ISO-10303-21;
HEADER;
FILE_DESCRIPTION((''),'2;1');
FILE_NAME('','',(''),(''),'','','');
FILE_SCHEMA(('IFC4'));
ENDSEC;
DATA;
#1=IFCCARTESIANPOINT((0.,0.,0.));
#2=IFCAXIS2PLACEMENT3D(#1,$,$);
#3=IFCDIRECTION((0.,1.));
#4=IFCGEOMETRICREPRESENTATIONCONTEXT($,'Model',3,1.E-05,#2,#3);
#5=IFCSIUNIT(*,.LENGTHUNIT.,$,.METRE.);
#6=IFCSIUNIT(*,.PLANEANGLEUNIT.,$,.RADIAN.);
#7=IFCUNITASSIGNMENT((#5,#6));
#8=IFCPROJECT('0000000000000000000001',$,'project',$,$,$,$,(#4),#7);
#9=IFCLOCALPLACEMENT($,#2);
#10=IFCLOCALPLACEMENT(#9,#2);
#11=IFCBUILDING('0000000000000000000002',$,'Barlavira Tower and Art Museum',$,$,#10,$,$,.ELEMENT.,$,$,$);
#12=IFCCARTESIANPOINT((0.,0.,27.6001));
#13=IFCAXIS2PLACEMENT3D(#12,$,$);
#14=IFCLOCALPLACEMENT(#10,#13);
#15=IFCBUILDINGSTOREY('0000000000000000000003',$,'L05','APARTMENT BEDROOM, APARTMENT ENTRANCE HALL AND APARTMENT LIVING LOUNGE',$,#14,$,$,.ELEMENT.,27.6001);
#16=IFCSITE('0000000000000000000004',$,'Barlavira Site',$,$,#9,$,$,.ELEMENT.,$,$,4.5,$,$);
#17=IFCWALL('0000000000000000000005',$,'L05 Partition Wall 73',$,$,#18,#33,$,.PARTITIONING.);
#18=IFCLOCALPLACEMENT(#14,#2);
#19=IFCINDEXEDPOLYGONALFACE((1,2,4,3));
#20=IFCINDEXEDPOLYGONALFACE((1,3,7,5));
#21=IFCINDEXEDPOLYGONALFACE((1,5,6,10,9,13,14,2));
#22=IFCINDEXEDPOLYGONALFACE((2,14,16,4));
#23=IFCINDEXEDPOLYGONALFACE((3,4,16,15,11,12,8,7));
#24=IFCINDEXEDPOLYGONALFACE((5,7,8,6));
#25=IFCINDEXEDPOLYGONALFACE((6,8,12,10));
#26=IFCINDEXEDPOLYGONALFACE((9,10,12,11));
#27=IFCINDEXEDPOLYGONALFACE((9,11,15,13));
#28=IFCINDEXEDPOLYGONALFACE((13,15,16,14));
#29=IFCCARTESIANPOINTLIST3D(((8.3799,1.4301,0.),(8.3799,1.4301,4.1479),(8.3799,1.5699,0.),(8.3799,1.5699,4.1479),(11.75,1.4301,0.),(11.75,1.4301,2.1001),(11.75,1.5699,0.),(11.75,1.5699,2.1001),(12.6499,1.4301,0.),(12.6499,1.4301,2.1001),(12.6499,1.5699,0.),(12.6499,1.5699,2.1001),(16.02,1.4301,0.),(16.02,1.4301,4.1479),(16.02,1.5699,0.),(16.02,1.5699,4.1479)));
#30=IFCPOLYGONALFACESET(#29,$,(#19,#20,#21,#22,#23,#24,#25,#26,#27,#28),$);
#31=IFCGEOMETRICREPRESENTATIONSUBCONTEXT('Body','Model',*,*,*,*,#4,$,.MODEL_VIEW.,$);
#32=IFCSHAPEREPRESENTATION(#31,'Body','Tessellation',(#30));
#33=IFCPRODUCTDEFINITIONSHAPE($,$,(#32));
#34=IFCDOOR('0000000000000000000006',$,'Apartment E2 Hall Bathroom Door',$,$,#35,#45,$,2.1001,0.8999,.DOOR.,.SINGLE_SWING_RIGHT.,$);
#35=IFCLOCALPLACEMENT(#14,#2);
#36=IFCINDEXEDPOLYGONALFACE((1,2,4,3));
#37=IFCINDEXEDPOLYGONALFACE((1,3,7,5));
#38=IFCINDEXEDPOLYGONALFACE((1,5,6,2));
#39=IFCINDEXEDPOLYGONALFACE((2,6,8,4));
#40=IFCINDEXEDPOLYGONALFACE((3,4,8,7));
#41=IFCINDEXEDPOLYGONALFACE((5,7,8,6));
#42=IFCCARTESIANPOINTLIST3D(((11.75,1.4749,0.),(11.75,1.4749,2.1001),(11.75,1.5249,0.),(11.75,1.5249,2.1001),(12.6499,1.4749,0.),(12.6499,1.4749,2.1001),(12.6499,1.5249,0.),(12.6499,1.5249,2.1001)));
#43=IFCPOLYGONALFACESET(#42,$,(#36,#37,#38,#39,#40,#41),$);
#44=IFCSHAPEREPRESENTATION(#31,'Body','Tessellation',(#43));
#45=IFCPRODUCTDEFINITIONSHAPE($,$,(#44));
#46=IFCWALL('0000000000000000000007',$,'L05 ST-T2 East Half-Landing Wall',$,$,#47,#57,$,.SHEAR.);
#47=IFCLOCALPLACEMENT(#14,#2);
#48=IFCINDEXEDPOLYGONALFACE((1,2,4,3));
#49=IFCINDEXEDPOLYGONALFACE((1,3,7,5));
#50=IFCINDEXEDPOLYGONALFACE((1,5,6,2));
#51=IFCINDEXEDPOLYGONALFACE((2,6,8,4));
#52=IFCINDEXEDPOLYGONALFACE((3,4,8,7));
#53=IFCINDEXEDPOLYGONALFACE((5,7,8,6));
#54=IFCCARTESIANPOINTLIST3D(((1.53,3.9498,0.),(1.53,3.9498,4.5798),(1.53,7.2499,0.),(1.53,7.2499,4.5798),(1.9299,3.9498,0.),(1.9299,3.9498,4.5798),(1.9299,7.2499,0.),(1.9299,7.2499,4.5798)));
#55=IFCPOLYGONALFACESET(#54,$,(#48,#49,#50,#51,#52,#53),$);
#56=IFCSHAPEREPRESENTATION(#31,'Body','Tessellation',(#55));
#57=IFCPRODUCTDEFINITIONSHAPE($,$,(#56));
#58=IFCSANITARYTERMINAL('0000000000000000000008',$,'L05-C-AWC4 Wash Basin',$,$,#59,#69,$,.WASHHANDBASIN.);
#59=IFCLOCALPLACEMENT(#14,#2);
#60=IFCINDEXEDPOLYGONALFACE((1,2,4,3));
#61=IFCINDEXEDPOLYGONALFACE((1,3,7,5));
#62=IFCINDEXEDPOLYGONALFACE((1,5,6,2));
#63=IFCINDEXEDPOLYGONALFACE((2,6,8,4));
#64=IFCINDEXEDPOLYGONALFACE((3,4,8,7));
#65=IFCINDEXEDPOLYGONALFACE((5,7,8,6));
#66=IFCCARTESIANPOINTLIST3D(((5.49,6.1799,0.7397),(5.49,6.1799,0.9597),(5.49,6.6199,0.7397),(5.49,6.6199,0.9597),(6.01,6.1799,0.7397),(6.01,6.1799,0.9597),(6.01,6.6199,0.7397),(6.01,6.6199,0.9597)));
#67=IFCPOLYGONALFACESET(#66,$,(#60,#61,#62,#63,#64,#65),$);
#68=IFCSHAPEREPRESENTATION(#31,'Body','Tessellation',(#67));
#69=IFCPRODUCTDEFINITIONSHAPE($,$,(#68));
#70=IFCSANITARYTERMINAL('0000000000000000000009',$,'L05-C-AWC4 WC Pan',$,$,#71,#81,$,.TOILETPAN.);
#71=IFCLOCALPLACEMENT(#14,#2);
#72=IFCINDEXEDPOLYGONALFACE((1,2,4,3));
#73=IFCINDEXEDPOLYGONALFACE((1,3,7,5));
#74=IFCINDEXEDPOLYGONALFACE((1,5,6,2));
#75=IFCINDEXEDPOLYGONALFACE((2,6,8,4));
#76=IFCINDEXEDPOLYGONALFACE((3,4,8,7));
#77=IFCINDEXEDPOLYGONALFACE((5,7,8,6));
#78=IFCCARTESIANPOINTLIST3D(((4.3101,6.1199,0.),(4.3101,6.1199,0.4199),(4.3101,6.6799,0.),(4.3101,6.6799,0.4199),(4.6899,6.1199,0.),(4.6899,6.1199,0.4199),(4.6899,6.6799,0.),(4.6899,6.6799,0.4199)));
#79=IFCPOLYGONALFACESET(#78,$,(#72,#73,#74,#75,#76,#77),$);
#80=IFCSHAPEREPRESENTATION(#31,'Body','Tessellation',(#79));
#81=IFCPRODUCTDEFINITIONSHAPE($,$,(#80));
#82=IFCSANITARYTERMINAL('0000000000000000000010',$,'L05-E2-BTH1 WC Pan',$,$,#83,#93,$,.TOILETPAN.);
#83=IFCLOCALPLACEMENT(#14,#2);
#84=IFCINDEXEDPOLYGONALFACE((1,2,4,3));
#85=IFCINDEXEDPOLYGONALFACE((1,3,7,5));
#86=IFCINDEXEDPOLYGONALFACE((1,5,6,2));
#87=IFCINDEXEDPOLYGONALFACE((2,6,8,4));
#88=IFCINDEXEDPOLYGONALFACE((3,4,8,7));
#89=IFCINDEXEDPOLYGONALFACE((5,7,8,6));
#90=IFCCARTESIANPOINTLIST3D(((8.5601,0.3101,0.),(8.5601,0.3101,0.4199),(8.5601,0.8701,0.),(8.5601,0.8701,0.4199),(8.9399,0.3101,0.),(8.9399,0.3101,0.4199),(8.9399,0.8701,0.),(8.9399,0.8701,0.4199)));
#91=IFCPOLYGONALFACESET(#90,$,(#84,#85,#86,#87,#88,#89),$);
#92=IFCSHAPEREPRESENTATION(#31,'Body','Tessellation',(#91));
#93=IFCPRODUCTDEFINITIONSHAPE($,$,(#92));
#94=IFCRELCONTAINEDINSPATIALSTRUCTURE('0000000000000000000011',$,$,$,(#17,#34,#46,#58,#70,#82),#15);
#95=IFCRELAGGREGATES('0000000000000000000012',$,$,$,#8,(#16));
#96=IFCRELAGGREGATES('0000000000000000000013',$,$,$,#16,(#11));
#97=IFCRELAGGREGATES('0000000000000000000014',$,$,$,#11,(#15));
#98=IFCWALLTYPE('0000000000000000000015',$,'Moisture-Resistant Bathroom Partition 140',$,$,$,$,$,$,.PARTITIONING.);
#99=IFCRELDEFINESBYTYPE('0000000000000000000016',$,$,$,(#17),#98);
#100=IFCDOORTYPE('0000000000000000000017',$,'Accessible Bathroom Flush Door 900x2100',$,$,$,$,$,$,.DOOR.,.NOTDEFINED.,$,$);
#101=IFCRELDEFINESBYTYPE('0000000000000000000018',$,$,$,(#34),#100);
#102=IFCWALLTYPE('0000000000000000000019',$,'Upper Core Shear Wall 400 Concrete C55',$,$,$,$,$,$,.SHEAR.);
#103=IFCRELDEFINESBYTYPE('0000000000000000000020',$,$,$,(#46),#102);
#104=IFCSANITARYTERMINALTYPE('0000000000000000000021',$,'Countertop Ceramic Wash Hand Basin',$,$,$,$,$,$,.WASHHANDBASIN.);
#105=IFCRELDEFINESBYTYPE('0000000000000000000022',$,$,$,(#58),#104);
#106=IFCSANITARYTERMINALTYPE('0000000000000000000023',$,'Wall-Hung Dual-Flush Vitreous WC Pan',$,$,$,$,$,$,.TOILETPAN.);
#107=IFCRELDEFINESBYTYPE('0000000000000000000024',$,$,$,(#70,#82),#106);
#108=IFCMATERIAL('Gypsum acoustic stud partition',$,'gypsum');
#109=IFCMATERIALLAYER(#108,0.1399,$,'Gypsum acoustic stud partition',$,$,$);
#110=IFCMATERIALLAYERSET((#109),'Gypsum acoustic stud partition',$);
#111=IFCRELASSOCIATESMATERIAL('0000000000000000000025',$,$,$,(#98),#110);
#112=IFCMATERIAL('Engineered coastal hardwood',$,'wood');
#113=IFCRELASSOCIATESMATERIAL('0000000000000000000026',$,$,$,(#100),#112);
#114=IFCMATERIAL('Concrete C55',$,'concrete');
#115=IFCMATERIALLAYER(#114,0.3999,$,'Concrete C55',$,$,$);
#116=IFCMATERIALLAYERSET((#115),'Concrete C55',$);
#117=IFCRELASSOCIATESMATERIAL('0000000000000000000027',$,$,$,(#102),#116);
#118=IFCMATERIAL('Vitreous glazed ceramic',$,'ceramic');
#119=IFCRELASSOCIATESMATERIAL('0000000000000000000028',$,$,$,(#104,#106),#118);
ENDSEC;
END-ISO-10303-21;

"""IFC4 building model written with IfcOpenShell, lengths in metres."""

from ifc_helpers import new_model, si_unit, direction, frame, frame_2d, origin, origin_2d, place, context, subcontext, project, spatial, rectangle, extrude, material, layer, layer_set, type_object, element, fill, save


model = new_model("IFC4")

# Units and contexts
model_context = context("Model", 3, precision=1e-05, world=origin(), true_north=direction((0.0, 1.0)))
body_context = subcontext(model_context, "Body", "Model", "MODEL_VIEW")
ifc_project = project(units=[si_unit("LENGTHUNIT", "METRE"), si_unit("PLANEANGLEUNIT", "RADIAN")], contexts=[model_context])

# Site, building, storey
site_placement = place(None, origin())
site = spatial("IfcSite", under=ifc_project, at=site_placement, Name="Barlavira Site", CompositionType="ELEMENT", RefElevation=4.5)
building_placement = place(site_placement, origin())
building = spatial("IfcBuilding", under=site, at=building_placement, Name="Barlavira Tower and Art Museum", CompositionType="ELEMENT")
storey_placement = place(building_placement, frame((0.0, 0.0, 27.6001)))
storey = spatial("IfcBuildingStorey", under=building, at=storey_placement, Name="L05", Description="APARTMENT BEDROOM, APARTMENT ENTRANCE HALL AND APARTMENT LIVING LOUNGE", CompositionType="ELEMENT", Elevation=27.6001)

# Shared definitions
ifc_material_1 = material(Name="Gypsum acoustic stud partition", Category="gypsum")
ifc_material_2 = material(Name="Engineered coastal hardwood", Category="wood")

# Wall, opening, door
ifc_layer_1 = layer(ifc_material_1, 0.1399, Name="Gypsum acoustic stud partition")
ifc_layer_set_1 = layer_set([ifc_layer_1], Name="Gypsum acoustic stud partition")
wall_type_1 = type_object("IfcWallType", Name="Moisture-Resistant Bathroom Partition 140", PredefinedType="PARTITIONING", material=ifc_layer_set_1)
wall_1_placement = place(storey_placement, frame((8.3799, 1.5, 0.0), z_axis=(0.0, 0.0, 1.0), x_axis=(1.0, 0.0, 0.0)))
wall_1 = element("IfcWall", 1, at=wall_1_placement, inside=storey, type_object=wall_type_1, Name="L05 Partition Wall 73", PredefinedType="PARTITIONING", context=body_context, shape_type="SweptSolid", body=[
    extrude(rectangle(XDim=7.6401, YDim=0.1399, at=frame_2d((3.8201, 0.0))), origin(), (0.0, 0.0, 1.0), 4.1479),
])
opening_1_placement = place(wall_1_placement, frame((3.3701, 0.0, 0.0)))
opening_1 = element("IfcOpeningElement", 2, at=opening_1_placement, cuts=wall_1, PredefinedType="OPENING", context=body_context, shape_type="SweptSolid", body=[
    extrude(rectangle(XDim=0.8999, YDim=2.1001, at=frame_2d((0.45, 1.05))), frame((0.0, 0.0801, 0.0), z_axis=(0.0, -1.0, 0.0), x_axis=(1.0, 0.0, 0.0)), (0.0, 0.0, 1.0), 0.1599),
])
door_type_1 = type_object("IfcDoorType", Name="Accessible Bathroom Flush Door 900x2100", OperationType="NOTDEFINED", PredefinedType="DOOR", material=ifc_material_2)
door_1_placement = place(opening_1_placement, origin())
door_1 = element("IfcDoor", 3, at=door_1_placement, inside=storey, type_object=door_type_1, Name="Apartment E2 Hall Bathroom Door", OperationType="SINGLE_SWING_RIGHT", OverallHeight=2.1001, OverallWidth=0.8999, PredefinedType="DOOR", context=body_context, shape_type="SweptSolid", body=[
    extrude(rectangle(XDim=0.8999, YDim=2.1001, at=frame_2d((0.45, 1.05))), frame((0.0, 0.0249, 0.0), z_axis=(0.0, -1.0, 0.0), x_axis=(1.0, 0.0, 0.0)), (0.0, 0.0, 1.0), 0.05),
])
fill(opening_1, door_1)

# Wall
ifc_material_3 = material(Name="Concrete C55", Category="concrete")
ifc_layer_2 = layer(ifc_material_3, 0.3999, Name="Concrete C55")
ifc_layer_set_2 = layer_set([ifc_layer_2], Name="Concrete C55")
wall_type_2 = type_object("IfcWallType", Name="Upper Core Shear Wall 400 Concrete C55", PredefinedType="SHEAR", material=ifc_layer_set_2)
wall_2_placement = place(storey_placement, frame((1.73, 3.95, 0.0), z_axis=(0.0, 0.0, 1.0), x_axis=(0.0, 1.0, 0.0)))
element("IfcWall", 4, at=wall_2_placement, inside=storey, type_object=wall_type_2, Name="L05 ST-T2 East Half-Landing Wall", PredefinedType="SHEAR", context=body_context, shape_type="SweptSolid", body=[
    extrude(rectangle(XDim=3.3, YDim=0.3999, at=frame_2d((1.6499, 0.0))), origin(), (0.0, 0.0, 1.0), 4.5798),
])

# Sanitary terminals
ifc_material_4 = material(Name="Vitreous glazed ceramic", Category="ceramic")
sanitary_terminal_type_1 = type_object("IfcSanitaryTerminalType", Name="Countertop Ceramic Wash Hand Basin", PredefinedType="WASHHANDBASIN", material=ifc_material_4)
sanitary_terminal_placement = place(storey_placement, frame((5.75, 6.3999, 0.7397), z_axis=(0.0, 0.0, 1.0), x_axis=(1.0, 0.0, 0.0)))
element("IfcSanitaryTerminal", 5, at=sanitary_terminal_placement, inside=storey, type_object=sanitary_terminal_type_1, Name="L05-C-AWC4 Wash Basin", PredefinedType="WASHHANDBASIN", context=body_context, shape_type="SweptSolid", body=[
    extrude(rectangle(XDim=0.52, YDim=0.4399, at=origin_2d()), origin(), (0.0, 0.0, 1.0), 0.22),
])
sanitary_terminal_type_2 = type_object("IfcSanitaryTerminalType", Name="Wall-Hung Dual-Flush Vitreous WC Pan", PredefinedType="TOILETPAN", material=ifc_material_4)
for number, where, z_axis, x_axis, name in (
    (6, (4.5, 6.3999, 0.0), (0.0, 0.0, 1.0), (1.0, 0.0, 0.0), "L05-C-AWC4 WC Pan"),
    (7, (8.75, 0.5901, 0.0), (0.0, 0.0, 1.0), (1.0, 0.0, 0.0), "L05-E2-BTH1 WC Pan"),
):
    element("IfcSanitaryTerminal", number, at=place(storey_placement, frame(where, z_axis=z_axis, x_axis=x_axis)), inside=storey, type_object=sanitary_terminal_type_2, Name=name, PredefinedType="TOILETPAN", context=body_context, shape_type="SweptSolid", body=[
        extrude(rectangle(XDim=0.3799, YDim=0.5601, at=origin_2d()), origin(), (0.0, 0.0, 1.0), 0.4199),
    ])

save(model, "model.ifc")
